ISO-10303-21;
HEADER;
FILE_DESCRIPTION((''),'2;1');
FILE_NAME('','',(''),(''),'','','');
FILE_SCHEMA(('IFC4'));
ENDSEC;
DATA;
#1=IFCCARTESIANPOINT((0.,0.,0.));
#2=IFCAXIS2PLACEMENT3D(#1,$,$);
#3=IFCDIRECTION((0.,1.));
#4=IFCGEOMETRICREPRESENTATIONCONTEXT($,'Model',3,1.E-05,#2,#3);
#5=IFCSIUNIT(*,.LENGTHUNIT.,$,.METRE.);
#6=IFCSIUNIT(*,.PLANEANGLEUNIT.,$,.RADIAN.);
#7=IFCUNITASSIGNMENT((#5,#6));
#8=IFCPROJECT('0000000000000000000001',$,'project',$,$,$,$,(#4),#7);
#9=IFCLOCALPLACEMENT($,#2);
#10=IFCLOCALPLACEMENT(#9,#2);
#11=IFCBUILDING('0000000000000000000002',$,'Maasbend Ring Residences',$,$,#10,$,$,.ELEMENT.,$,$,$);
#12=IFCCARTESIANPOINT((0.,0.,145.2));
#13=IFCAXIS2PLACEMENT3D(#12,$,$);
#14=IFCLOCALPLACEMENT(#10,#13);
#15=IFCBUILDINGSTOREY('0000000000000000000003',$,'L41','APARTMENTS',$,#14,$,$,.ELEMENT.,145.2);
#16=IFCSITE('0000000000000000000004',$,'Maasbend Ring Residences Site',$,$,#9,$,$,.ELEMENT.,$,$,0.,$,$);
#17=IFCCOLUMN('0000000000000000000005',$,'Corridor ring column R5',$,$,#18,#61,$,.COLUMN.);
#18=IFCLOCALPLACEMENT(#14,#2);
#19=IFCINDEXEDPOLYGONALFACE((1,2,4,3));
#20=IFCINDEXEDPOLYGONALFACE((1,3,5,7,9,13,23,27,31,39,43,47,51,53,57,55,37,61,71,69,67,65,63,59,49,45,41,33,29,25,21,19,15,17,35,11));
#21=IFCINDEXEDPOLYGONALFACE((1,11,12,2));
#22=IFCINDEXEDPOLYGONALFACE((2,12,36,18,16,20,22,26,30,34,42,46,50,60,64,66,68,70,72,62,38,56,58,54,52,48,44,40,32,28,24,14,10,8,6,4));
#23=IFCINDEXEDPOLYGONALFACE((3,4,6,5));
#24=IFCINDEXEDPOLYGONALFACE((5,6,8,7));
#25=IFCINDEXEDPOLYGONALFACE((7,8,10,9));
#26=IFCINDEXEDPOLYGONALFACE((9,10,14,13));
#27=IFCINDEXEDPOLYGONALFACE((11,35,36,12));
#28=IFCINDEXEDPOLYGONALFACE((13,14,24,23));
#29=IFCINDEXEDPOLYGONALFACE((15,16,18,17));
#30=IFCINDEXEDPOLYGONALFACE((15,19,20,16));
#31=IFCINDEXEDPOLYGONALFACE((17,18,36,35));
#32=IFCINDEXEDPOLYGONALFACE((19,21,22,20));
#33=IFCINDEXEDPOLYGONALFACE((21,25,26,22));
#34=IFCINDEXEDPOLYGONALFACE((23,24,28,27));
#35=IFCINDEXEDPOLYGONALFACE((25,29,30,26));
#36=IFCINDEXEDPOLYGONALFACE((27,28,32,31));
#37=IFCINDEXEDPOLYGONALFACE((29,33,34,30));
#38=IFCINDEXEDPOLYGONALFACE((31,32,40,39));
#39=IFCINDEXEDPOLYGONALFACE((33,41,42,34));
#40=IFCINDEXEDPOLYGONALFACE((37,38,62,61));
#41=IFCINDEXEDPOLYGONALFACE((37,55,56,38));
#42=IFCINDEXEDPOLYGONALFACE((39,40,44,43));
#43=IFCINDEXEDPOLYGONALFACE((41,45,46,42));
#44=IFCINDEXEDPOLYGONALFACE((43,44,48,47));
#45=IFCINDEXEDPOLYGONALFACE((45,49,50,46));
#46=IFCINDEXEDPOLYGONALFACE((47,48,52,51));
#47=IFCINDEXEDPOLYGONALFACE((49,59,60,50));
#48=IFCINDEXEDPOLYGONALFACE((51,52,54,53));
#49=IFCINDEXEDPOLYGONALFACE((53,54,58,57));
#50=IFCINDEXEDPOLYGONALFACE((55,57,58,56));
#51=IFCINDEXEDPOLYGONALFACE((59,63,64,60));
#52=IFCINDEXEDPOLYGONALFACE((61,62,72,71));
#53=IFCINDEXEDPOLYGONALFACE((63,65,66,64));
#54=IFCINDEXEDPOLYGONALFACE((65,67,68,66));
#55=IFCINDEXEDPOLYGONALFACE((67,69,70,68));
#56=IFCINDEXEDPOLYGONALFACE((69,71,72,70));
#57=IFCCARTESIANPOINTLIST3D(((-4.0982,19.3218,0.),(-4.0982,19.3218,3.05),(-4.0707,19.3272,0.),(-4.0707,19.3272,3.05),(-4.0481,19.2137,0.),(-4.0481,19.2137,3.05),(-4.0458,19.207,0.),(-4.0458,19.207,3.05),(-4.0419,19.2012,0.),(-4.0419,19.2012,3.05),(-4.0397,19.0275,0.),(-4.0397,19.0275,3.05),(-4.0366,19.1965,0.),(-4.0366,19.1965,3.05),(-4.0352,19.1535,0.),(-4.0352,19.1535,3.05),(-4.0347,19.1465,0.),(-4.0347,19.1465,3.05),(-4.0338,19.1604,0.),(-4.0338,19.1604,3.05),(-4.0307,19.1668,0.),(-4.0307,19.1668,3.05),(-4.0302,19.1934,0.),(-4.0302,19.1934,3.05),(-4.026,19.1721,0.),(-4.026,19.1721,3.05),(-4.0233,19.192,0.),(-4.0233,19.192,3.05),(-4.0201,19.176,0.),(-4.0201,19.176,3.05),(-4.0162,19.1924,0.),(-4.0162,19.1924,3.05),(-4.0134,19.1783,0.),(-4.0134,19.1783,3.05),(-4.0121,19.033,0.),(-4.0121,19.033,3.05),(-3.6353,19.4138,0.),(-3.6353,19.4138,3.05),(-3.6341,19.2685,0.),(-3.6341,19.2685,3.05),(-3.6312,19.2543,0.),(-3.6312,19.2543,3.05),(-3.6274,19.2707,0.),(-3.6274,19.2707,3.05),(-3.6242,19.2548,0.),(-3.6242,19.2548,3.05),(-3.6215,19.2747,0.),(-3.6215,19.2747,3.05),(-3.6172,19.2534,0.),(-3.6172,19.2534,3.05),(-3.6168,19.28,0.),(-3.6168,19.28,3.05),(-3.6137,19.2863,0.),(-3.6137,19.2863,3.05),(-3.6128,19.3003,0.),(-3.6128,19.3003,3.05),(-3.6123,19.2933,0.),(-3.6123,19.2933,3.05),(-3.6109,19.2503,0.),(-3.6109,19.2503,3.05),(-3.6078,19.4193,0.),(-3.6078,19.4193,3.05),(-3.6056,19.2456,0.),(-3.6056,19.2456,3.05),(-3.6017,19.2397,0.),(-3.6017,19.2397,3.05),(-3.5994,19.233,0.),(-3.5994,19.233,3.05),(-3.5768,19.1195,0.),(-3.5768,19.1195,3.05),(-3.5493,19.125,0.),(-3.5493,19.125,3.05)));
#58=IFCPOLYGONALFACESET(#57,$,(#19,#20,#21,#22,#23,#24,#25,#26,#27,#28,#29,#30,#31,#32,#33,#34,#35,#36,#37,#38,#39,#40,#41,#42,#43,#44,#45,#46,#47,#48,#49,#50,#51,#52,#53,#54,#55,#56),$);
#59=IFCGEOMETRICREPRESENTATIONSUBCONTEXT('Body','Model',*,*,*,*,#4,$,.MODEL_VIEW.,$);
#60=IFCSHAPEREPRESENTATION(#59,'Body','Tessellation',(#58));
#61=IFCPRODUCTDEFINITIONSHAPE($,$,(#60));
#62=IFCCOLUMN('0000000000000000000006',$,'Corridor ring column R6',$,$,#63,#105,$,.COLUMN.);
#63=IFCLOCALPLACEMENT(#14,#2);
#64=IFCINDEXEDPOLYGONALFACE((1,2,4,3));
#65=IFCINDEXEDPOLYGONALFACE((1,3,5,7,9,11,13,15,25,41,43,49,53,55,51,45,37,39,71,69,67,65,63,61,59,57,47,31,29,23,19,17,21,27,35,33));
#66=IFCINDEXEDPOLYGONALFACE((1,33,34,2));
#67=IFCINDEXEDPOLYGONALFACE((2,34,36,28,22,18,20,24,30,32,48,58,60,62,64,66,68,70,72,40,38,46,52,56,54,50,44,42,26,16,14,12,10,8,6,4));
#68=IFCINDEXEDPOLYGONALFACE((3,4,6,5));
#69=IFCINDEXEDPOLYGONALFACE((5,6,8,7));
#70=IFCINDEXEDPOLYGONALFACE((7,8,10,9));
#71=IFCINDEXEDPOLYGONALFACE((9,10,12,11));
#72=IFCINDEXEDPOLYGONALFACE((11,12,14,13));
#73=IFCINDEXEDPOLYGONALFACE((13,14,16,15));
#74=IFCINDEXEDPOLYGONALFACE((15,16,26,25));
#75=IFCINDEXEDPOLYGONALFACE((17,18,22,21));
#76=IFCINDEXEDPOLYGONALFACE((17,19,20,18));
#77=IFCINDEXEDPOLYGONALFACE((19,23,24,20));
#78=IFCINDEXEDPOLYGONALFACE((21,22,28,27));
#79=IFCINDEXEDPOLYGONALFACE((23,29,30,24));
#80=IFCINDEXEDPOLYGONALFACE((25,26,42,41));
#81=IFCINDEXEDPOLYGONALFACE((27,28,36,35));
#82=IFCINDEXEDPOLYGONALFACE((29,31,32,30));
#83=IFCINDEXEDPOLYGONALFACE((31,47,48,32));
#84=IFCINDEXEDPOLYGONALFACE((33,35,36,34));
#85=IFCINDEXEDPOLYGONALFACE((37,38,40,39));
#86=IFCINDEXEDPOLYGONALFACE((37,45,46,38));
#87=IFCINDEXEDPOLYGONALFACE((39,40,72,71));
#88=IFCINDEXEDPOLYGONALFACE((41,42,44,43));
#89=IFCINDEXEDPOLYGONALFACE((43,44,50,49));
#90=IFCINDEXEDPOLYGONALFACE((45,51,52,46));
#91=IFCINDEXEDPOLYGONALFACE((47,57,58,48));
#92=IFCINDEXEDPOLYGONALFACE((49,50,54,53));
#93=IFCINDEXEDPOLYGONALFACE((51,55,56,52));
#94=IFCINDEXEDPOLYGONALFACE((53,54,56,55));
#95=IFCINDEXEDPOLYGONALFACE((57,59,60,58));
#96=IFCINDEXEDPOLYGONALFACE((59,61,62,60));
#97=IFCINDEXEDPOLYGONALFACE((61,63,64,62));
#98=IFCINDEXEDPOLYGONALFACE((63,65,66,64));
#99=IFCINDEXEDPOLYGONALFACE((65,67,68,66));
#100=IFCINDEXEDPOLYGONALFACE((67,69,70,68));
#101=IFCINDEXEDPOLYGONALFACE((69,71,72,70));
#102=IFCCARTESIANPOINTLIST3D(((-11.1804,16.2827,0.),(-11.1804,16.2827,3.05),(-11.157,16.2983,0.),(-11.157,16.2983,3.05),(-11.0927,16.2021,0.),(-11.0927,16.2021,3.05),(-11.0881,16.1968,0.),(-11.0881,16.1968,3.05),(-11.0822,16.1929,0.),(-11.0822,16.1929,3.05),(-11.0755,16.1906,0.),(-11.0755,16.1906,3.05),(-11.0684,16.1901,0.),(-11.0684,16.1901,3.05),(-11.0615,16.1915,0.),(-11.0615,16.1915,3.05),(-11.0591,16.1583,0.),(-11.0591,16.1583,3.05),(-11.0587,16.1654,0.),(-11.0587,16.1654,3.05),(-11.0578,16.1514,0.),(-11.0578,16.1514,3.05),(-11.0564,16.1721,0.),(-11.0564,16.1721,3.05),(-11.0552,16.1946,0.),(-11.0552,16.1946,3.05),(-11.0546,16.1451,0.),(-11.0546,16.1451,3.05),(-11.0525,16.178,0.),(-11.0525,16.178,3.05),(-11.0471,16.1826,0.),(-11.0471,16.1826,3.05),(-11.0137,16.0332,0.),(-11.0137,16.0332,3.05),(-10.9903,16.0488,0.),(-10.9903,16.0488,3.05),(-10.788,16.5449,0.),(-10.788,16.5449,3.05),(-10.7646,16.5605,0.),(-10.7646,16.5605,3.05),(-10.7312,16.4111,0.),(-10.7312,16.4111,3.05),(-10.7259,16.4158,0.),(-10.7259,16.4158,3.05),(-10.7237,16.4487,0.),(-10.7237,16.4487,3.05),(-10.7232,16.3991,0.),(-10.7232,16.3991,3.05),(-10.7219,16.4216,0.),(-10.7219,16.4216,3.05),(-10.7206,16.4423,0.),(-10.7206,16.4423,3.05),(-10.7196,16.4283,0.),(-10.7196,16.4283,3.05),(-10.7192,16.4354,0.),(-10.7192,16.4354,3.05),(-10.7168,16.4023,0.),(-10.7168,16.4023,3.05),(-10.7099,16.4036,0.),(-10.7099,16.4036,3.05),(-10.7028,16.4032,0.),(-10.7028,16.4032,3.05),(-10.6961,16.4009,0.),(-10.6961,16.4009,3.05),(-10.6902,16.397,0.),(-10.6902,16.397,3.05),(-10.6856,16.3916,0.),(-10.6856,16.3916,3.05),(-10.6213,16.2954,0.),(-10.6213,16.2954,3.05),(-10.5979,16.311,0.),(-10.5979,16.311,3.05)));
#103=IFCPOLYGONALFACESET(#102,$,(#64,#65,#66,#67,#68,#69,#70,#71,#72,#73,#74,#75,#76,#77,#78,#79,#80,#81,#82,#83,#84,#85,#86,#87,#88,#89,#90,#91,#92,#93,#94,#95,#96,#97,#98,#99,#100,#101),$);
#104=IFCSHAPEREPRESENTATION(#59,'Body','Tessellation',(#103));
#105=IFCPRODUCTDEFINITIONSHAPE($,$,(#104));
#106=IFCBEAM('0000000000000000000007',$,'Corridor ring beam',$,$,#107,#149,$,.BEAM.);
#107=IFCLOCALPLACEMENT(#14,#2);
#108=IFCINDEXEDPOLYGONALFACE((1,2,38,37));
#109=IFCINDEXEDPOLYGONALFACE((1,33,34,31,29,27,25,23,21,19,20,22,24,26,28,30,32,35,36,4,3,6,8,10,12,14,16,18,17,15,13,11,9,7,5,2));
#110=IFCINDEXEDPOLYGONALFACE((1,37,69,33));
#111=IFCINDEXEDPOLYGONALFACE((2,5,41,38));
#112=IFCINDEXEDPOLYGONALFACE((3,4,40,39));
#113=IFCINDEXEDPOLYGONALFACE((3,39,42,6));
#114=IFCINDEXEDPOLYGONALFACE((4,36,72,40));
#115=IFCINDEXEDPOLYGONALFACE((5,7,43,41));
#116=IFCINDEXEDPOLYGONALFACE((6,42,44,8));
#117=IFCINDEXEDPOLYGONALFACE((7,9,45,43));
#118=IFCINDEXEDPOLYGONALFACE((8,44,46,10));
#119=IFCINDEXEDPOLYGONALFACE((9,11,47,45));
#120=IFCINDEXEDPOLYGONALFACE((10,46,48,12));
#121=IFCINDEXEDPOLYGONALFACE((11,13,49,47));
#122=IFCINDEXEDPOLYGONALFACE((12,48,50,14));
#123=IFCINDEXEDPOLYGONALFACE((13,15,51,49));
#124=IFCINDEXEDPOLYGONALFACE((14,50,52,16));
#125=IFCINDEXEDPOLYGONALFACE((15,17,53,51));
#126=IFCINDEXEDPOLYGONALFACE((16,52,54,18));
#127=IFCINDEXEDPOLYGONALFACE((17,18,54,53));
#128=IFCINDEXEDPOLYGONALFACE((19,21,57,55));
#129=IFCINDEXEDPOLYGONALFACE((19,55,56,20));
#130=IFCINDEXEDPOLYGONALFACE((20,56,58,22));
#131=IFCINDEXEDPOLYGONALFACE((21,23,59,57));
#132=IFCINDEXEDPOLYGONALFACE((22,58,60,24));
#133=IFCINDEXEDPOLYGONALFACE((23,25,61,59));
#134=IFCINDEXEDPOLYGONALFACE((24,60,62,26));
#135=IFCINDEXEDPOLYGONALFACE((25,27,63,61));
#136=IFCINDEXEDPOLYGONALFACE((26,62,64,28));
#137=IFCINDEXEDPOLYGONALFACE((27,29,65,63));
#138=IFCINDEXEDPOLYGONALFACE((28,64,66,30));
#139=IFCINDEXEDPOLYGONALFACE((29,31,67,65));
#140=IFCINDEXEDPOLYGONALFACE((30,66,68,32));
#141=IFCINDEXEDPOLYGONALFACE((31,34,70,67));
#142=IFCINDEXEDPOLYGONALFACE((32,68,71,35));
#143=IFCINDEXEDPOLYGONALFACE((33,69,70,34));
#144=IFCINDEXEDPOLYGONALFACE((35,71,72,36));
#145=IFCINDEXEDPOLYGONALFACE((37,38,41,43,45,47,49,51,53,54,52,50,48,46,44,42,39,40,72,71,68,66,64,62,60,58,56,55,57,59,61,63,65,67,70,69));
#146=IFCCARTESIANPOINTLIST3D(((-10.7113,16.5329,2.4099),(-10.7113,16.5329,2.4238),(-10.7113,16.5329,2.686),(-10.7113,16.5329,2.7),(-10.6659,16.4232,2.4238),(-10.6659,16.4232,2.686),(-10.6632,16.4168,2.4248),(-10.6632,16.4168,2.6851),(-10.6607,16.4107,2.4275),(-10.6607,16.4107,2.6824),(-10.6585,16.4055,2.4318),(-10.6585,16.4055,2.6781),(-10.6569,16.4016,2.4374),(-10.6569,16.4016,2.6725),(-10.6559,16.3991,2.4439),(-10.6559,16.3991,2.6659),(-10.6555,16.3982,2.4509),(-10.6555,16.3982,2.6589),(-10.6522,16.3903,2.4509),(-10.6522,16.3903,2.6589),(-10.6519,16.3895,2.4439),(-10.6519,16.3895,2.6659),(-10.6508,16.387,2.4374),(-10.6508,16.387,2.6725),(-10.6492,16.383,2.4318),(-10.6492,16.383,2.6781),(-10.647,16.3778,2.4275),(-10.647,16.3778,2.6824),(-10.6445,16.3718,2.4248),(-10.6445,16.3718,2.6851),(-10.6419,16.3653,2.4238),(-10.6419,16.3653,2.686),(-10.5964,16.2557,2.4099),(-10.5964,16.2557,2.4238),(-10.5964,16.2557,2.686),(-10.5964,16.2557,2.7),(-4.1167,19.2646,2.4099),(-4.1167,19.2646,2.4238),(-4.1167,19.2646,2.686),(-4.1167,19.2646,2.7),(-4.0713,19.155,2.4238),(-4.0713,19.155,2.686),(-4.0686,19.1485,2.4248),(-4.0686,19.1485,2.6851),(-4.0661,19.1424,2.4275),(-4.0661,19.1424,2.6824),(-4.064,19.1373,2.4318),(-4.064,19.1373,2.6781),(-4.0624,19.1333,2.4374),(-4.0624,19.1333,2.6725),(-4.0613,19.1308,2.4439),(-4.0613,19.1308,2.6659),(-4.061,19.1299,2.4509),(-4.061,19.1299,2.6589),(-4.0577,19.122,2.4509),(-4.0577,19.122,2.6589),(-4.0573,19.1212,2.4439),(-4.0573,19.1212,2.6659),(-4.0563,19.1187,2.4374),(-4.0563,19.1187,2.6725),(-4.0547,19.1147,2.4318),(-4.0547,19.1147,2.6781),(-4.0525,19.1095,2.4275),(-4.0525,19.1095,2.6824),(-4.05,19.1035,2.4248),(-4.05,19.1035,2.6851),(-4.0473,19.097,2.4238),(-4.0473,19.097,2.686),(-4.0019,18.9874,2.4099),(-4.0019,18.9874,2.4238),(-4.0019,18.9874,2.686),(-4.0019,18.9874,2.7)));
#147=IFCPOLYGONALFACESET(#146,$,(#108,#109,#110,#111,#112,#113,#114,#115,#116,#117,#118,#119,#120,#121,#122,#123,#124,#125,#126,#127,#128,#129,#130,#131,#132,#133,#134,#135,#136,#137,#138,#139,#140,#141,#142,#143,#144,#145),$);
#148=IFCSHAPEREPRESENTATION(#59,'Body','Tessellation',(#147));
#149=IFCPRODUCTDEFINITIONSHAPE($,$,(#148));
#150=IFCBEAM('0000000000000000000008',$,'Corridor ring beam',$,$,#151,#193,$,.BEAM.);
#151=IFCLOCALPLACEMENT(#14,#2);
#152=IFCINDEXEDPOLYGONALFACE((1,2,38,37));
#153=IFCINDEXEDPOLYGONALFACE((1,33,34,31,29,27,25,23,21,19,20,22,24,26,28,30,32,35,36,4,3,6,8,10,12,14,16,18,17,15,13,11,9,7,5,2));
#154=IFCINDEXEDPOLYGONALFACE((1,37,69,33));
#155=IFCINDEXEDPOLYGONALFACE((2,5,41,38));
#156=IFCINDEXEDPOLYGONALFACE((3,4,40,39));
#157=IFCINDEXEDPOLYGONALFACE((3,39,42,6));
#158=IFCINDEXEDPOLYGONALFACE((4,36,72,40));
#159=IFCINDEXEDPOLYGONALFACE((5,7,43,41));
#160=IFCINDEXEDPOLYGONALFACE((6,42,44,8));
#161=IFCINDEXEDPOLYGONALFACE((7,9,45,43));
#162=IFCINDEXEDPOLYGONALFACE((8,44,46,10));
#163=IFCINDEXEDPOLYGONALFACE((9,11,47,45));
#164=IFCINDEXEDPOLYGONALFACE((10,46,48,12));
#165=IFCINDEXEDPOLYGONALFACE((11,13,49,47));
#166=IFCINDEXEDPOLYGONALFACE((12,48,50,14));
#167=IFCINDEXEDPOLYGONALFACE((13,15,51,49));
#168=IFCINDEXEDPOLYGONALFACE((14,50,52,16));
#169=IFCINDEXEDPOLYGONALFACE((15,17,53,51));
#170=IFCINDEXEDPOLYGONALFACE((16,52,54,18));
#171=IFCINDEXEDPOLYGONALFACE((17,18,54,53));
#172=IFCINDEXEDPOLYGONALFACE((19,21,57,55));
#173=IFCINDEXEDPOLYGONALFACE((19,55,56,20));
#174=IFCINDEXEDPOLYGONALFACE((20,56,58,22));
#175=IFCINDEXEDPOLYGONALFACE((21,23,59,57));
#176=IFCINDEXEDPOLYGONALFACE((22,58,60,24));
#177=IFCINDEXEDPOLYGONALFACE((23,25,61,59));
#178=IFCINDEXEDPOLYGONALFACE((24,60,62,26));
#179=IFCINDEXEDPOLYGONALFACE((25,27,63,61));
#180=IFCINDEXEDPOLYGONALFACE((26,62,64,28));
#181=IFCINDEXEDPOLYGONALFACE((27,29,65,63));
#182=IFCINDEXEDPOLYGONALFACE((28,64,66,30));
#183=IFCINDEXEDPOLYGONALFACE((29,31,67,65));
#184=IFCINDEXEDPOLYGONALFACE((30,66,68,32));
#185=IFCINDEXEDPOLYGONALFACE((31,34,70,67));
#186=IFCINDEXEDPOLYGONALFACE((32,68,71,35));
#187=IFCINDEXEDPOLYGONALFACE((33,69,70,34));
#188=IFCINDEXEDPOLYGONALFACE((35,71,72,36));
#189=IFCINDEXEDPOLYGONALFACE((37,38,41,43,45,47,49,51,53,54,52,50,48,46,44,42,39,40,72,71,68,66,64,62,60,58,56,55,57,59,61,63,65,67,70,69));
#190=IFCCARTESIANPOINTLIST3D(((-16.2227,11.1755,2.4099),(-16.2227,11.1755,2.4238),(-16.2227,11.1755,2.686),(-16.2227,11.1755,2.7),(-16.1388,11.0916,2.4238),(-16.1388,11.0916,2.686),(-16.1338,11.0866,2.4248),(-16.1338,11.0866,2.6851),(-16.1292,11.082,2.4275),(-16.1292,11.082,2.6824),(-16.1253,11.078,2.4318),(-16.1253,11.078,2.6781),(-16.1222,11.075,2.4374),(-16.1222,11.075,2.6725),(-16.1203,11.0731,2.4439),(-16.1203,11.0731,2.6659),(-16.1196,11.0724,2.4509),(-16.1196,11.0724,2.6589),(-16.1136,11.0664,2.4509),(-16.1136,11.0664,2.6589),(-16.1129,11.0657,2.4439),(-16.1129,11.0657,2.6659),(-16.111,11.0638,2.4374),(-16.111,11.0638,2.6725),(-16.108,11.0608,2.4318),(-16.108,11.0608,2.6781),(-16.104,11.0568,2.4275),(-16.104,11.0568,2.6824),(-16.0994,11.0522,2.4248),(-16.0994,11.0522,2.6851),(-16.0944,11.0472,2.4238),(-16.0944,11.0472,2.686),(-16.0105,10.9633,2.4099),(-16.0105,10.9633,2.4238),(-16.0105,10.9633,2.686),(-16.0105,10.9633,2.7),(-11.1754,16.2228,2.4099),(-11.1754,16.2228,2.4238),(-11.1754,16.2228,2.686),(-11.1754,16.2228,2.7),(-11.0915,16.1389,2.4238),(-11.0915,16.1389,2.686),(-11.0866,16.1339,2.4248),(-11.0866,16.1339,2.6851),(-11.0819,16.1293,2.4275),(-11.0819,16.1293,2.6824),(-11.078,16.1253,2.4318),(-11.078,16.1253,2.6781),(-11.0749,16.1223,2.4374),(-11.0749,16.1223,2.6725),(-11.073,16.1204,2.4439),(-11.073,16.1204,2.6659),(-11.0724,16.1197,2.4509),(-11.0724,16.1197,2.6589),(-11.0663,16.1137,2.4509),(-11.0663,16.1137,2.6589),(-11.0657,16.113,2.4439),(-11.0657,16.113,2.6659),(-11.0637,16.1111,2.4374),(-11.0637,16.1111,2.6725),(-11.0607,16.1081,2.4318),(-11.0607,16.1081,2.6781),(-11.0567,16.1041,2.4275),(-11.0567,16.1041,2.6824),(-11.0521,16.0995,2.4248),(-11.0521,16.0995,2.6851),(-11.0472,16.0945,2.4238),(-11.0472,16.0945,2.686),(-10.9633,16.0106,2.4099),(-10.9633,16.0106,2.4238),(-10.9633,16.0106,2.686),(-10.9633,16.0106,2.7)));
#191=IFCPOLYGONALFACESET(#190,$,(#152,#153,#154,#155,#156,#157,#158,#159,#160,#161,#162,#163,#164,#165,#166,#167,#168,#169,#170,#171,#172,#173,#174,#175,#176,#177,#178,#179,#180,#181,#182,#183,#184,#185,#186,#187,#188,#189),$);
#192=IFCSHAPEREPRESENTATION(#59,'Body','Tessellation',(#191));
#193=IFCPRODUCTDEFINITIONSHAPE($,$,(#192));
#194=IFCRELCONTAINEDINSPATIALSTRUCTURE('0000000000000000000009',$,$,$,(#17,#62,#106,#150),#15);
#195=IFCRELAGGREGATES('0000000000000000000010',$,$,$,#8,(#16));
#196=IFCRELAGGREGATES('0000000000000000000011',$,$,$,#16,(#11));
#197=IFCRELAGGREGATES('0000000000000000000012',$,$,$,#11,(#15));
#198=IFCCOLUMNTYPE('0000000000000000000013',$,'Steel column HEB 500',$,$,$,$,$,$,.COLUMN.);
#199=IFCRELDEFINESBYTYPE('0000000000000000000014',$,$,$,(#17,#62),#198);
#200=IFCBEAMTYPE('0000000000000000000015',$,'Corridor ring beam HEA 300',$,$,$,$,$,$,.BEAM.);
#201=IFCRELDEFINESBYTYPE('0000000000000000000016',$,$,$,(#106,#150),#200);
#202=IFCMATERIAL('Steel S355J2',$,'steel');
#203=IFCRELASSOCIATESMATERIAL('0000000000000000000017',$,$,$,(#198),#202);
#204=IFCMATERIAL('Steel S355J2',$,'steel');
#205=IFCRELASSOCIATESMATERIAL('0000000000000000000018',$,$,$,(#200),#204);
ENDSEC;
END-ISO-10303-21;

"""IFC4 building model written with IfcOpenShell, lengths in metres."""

from ifc_helpers import new_model, si_unit, direction, frame, origin, origin_2d, place, context, subcontext, project, spatial, i_section, extrude, material, material_profile, profile_set, type_object, element, save


model = new_model("IFC4")

# Units and contexts
model_context = context("Model", 3, precision=1e-05, world=origin(), true_north=direction((0.0, 1.0)))
body_context = subcontext(model_context, "Body", "Model", "MODEL_VIEW")
ifc_project = project(units=[si_unit("LENGTHUNIT", "METRE"), si_unit("PLANEANGLEUNIT", "RADIAN")], contexts=[model_context])

# Site, building, storey
site_placement = place(None, origin())
site = spatial("IfcSite", under=ifc_project, at=site_placement, Name="Maasbend Ring Residences Site", CompositionType="ELEMENT", RefElevation=0.0)
building_placement = place(site_placement, origin())
building = spatial("IfcBuilding", under=site, at=building_placement, Name="Maasbend Ring Residences", CompositionType="ELEMENT")
storey_placement = place(building_placement, frame((0.0, 0.0, 145.2)))
storey = spatial("IfcBuildingStorey", under=building, at=storey_placement, Name="L41", Description="APARTMENTS", CompositionType="ELEMENT", Elevation=145.2)

# Columns
ifc_material_1 = material(Name="Steel S355J2", Category="steel")
ifc_material_profile_1 = material_profile(ifc_material_1, i_section(OverallWidth=0.3, OverallDepth=0.5, WebThickness=0.0144, FlangeThickness=0.0281, FilletRadius=0.0271, at=origin_2d()), Name="HEB 500")
ifc_profile_set_1 = profile_set([ifc_material_profile_1], Name="Steel S355J2")
column_type = type_object("IfcColumnType", Name="Steel column HEB 500", PredefinedType="COLUMN", material=ifc_profile_set_1)
for number, where, z_axis, x_axis, name in (
    (1, (-3.8237, 19.2234, 0.0), (0.0, 0.0, 1.0), (-0.19509, 0.980785, 0.0), "Corridor ring column R5"),
    (2, (-10.8892, 16.2969, 0.0), (0.0, 0.0, 1.0), (-0.55557, 0.83147, 0.0), "Corridor ring column R6"),
):
    element("IfcColumn", number, at=place(storey_placement, frame(where, z_axis=z_axis, x_axis=x_axis)), inside=storey, type_object=column_type, Name=name, PredefinedType="COLUMN", context=body_context, shape_type="SweptSolid", body=[
        extrude(i_section(OverallWidth=0.3, OverallDepth=0.5, WebThickness=0.0144, FlangeThickness=0.0281, FilletRadius=0.0271, at=origin_2d()), origin(), (0.0, 0.0, 1.0), 3.05),
    ])

# Beams
ifc_material_2 = material(Name="Steel S355J2", Category="steel")
ifc_material_profile_2 = material_profile(ifc_material_2, i_section(OverallWidth=0.3, OverallDepth=0.29, WebThickness=0.0085, FlangeThickness=0.0139, FilletRadius=0.0271, at=origin_2d()), Name="HEA 300")
ifc_profile_set_2 = profile_set([ifc_material_profile_2], Name="Steel S355J2")
beam_type = type_object("IfcBeamType", Name="Corridor ring beam HEA 300", PredefinedType="BEAM", material=ifc_profile_set_2)
for number, where, z_axis, x_axis, name in (
    (3, (-4.0593, 19.126, 2.5549), (-0.923871, -0.382703, 0.0), (0.382703, -0.923871, 0.0), "Corridor ring beam"),
    (4, (-11.0693, 16.1167, 2.5549), (-0.707107, -0.707107, 0.0), (0.707107, -0.707107, 0.0), "Corridor ring beam"),
):
    element("IfcBeam", number, at=place(storey_placement, frame(where, z_axis=z_axis, x_axis=x_axis)), inside=storey, type_object=beam_type, Name=name, PredefinedType="BEAM", context=body_context, shape_type="SweptSolid", body=[
        extrude(i_section(OverallWidth=0.3, OverallDepth=0.29, WebThickness=0.0085, FlangeThickness=0.0139, FilletRadius=0.0271, at=origin_2d()), origin(), (0.0, 0.0, 1.0), 7.1379),
    ])

save(model, "model.ifc")
